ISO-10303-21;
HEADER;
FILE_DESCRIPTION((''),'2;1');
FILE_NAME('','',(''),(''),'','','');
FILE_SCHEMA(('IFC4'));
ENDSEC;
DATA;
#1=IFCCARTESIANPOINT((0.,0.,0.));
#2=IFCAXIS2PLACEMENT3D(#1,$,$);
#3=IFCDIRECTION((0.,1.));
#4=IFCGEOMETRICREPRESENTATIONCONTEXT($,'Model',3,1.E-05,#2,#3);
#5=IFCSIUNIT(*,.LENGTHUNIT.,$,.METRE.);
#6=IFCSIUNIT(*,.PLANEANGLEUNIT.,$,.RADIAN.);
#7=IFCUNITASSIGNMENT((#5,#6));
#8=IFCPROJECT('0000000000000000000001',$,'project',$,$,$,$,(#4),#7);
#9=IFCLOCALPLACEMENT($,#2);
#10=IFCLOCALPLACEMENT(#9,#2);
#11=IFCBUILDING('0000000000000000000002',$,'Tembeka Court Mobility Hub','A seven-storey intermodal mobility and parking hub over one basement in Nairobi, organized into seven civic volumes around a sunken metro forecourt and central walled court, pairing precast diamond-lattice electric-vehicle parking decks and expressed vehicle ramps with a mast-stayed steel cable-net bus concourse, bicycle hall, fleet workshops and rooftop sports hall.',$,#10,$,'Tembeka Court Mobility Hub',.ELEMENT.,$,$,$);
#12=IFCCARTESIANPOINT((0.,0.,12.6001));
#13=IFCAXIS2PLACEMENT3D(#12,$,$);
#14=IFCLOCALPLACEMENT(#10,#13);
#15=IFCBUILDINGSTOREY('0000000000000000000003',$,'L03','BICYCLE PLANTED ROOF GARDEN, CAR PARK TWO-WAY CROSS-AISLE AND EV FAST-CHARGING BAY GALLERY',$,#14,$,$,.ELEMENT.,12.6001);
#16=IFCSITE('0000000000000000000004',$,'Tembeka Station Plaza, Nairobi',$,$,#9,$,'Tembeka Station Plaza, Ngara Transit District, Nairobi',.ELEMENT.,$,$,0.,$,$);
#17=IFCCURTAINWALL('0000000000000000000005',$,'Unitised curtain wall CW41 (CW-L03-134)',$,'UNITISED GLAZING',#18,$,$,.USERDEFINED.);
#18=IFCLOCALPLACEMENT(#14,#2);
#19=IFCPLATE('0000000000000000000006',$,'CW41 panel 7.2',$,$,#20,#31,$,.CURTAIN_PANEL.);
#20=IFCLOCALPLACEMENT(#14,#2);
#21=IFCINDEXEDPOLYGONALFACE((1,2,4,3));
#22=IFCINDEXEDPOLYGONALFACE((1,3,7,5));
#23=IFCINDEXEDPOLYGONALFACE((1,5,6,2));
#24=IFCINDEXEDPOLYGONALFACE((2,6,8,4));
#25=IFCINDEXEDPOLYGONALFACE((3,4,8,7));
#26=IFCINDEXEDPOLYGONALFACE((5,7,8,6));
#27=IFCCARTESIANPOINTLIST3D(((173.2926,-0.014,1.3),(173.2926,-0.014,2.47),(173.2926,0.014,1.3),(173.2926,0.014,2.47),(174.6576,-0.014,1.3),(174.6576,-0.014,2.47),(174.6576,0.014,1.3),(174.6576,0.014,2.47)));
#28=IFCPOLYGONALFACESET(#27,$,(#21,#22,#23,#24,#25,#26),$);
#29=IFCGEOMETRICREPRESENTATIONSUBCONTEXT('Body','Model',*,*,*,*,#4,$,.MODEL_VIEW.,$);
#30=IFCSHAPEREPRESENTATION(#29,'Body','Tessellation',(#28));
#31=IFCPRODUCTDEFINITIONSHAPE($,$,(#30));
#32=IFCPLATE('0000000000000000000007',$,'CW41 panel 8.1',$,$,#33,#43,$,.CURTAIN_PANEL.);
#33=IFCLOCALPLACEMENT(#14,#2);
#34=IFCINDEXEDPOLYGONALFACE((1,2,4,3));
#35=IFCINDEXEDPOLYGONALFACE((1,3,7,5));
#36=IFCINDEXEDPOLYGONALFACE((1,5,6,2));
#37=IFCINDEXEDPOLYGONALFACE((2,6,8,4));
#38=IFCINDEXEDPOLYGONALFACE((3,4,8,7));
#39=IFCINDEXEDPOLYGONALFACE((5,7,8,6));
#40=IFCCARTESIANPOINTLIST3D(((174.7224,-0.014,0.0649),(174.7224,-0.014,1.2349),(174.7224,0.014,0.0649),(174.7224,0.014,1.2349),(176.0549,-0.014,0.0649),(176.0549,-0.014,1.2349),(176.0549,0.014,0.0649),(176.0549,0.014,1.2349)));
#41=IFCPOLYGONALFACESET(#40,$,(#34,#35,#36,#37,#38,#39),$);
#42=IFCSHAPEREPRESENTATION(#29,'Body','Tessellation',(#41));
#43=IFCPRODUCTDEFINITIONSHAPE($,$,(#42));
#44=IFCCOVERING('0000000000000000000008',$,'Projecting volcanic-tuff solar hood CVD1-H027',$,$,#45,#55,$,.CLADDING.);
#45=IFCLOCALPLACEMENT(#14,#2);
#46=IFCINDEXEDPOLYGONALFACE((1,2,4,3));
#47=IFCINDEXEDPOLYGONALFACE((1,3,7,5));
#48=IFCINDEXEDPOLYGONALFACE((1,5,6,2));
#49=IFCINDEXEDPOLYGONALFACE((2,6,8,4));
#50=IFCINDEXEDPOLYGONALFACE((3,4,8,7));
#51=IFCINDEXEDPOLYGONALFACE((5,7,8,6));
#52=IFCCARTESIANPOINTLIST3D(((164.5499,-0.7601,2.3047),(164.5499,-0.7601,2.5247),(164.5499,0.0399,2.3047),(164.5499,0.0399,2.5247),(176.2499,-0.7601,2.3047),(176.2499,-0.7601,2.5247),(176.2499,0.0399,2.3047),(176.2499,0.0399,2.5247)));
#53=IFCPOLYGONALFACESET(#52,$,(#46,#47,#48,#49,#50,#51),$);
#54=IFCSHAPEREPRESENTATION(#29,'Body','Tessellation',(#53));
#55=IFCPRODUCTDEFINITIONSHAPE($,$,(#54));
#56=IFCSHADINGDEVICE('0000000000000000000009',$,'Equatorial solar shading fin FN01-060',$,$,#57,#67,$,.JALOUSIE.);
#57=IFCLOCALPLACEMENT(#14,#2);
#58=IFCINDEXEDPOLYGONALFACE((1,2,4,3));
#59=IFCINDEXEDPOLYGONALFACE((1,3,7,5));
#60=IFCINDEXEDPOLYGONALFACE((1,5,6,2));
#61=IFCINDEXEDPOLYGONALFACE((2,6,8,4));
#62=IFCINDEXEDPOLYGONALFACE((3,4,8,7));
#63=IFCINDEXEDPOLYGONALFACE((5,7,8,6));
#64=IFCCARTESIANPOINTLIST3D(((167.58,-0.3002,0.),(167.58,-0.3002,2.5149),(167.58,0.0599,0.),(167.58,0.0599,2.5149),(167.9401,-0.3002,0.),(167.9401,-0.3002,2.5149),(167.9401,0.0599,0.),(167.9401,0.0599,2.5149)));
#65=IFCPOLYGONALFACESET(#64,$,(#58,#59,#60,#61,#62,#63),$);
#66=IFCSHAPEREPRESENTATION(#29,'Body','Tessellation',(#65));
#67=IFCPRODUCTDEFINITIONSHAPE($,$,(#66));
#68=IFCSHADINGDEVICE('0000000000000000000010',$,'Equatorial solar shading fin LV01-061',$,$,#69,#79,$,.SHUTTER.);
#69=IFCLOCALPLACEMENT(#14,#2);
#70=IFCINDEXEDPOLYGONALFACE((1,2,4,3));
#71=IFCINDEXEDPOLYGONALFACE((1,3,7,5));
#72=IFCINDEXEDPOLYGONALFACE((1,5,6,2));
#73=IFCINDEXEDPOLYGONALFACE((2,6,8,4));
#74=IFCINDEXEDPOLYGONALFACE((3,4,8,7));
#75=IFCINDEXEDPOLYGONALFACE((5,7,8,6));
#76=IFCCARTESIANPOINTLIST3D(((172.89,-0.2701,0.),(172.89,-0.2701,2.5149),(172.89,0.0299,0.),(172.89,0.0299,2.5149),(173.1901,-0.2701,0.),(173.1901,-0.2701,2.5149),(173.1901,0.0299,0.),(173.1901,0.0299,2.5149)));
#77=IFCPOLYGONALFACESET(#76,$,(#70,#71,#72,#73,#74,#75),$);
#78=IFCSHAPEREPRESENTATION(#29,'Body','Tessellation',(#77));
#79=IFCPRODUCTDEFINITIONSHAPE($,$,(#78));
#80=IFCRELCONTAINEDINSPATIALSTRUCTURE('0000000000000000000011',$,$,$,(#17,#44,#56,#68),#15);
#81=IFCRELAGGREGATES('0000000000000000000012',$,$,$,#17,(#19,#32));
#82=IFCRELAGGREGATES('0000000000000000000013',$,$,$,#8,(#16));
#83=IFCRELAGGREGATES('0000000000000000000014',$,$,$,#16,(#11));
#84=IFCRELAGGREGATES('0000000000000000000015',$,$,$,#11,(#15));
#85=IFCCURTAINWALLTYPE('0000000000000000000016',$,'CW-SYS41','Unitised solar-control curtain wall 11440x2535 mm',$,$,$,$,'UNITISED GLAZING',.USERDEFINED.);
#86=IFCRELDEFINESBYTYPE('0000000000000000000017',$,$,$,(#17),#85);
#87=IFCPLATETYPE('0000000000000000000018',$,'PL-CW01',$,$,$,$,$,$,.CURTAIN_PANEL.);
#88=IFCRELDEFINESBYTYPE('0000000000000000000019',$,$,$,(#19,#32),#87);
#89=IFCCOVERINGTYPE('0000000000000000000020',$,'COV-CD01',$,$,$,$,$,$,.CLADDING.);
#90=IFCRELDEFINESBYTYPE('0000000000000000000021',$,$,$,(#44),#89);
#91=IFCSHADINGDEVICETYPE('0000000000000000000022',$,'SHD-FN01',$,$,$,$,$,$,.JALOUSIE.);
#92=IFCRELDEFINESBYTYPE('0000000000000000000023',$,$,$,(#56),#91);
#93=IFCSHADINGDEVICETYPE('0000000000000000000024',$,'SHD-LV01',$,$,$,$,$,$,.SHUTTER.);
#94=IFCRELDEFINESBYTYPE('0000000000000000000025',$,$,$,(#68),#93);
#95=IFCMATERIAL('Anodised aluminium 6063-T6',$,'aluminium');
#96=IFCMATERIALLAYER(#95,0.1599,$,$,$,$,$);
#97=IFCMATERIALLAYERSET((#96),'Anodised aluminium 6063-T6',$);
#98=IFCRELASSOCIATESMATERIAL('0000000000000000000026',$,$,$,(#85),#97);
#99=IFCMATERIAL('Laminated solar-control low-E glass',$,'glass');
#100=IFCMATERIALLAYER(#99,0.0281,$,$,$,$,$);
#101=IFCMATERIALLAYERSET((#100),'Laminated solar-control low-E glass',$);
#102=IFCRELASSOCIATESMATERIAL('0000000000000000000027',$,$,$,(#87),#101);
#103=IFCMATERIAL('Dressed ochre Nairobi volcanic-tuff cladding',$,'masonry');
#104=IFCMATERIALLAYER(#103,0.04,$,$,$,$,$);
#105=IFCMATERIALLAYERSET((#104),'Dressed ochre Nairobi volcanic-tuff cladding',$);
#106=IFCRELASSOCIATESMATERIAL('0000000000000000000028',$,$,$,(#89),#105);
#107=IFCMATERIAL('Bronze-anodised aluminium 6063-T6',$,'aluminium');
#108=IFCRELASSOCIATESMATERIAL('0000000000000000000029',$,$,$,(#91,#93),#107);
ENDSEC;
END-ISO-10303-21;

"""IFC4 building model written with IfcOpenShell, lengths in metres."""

from ifc_helpers import new_model, si_unit, direction, frame, origin, origin_2d, place, context, subcontext, project, spatial, rectangle, extrude, material, layer, layer_set, material_profile, profile_set, type_object, element, aggregate, save


model = new_model("IFC4")

# Units and contexts
model_context = context("Model", 3, precision=1e-05, world=origin(), true_north=direction((0.0, 1.0)))
body_context = subcontext(model_context, "Body", "Model", "MODEL_VIEW")
ifc_project = project(units=[si_unit("LENGTHUNIT", "METRE"), si_unit("PLANEANGLEUNIT", "RADIAN")], contexts=[model_context])

# Site, building, storey
site_placement = place(None, origin())
site = spatial("IfcSite", under=ifc_project, at=site_placement, Name="Tembeka Station Plaza, Nairobi", LongName="Tembeka Station Plaza, Ngara Transit District, Nairobi", CompositionType="ELEMENT", RefElevation=0.0)
building_placement = place(site_placement, origin())
building = spatial("IfcBuilding", under=site, at=building_placement, Name="Tembeka Court Mobility Hub", Description="A seven-storey intermodal mobility and parking hub over one basement in Nairobi, organized into seven civic volumes around a sunken metro forecourt and central walled court, pairing precast diamond-lattice electric-vehicle parking decks and expressed vehicle ramps with a mast-stayed steel cable-net bus concourse, bicycle hall, fleet workshops and rooftop sports hall.", LongName="Tembeka Court Mobility Hub", CompositionType="ELEMENT")
storey_placement = place(building_placement, frame((0.0, 0.0, 12.6001)))
storey = spatial("IfcBuildingStorey", under=building, at=storey_placement, Name="L03", Description="BICYCLE PLANTED ROOF GARDEN, CAR PARK TWO-WAY CROSS-AISLE AND EV FAST-CHARGING BAY GALLERY", CompositionType="ELEMENT", Elevation=12.6001)

# Curtain wall, plates
ifc_material_1 = material(Name="Anodised aluminium 6063-T6", Category="aluminium")
ifc_layer_1 = layer(ifc_material_1, 0.1599)
ifc_layer_set_1 = layer_set([ifc_layer_1], Name="Anodised aluminium 6063-T6")
curtain_wall_type = type_object("IfcCurtainWallType", Name="CW-SYS41", Description="Unitised solar-control curtain wall 11440x2535 mm", ElementType="UNITISED GLAZING", PredefinedType="USERDEFINED", material=ifc_layer_set_1)
curtain_wall_placement = place(storey_placement, origin())
curtain_wall = element("IfcCurtainWall", 1, at=curtain_wall_placement, inside=storey, type_object=curtain_wall_type, Name="Unitised curtain wall CW41 (CW-L03-134)", ObjectType="UNITISED GLAZING", PredefinedType="USERDEFINED")
ifc_material_2 = material(Name="Laminated solar-control low-E glass", Category="glass")
ifc_layer_2 = layer(ifc_material_2, 0.0281)
ifc_layer_set_2 = layer_set([ifc_layer_2], Name="Laminated solar-control low-E glass")
plate_type = type_object("IfcPlateType", Name="PL-CW01", PredefinedType="CURTAIN_PANEL", material=ifc_layer_set_2)
plate_1_placement = place(storey_placement, frame((173.9751, 0.0, 1.3), z_axis=(0.0, 0.0, 1.0), x_axis=(1.0, 0.0, 0.0)))
plate_1 = element("IfcPlate", 2, at=plate_1_placement, type_object=plate_type, Name="CW41 panel 7.2", PredefinedType="CURTAIN_PANEL", context=body_context, shape_type="SweptSolid", body=[
    extrude(rectangle(XDim=1.365, YDim=0.0281, at=origin_2d()), origin(), (0.0, 0.0, 1.0), 1.1699),
])
plate_2_placement = place(storey_placement, frame((175.3887, 0.0, 0.0649), z_axis=(0.0, 0.0, 1.0), x_axis=(1.0, 0.0, 0.0)))
plate_2 = element("IfcPlate", 3, at=plate_2_placement, type_object=plate_type, Name="CW41 panel 8.1", PredefinedType="CURTAIN_PANEL", context=body_context, shape_type="SweptSolid", body=[
    extrude(rectangle(XDim=1.3325, YDim=0.0281, at=origin_2d()), origin(), (0.0, 0.0, 1.0), 1.1699),
])
aggregate(curtain_wall, [plate_1, plate_2])

# Covering
ifc_material_3 = material(Name="Dressed ochre Nairobi volcanic-tuff cladding", Category="masonry")
ifc_layer_3 = layer(ifc_material_3, 0.04)
ifc_layer_set_3 = layer_set([ifc_layer_3], Name="Dressed ochre Nairobi volcanic-tuff cladding")
covering_type = type_object("IfcCoveringType", Name="COV-CD01", PredefinedType="CLADDING", material=ifc_layer_set_3)
covering_placement = place(storey_placement, frame((170.3999, -0.3601, 2.3047), z_axis=(0.0, 0.0, 1.0), x_axis=(1.0, 0.0, 0.0)))
element("IfcCovering", 4, at=covering_placement, inside=storey, type_object=covering_type, Name="Projecting volcanic-tuff solar hood CVD1-H027", PredefinedType="CLADDING", context=body_context, shape_type="SweptSolid", body=[
    extrude(rectangle(XDim=11.7, YDim=0.8, at=origin_2d()), origin(), (0.0, 0.0, 1.0), 0.22),
])

# Shading devices
ifc_material_4 = material(Name="Bronze-anodised aluminium 6063-T6", Category="aluminium")
ifc_material_profile_1 = material_profile(ifc_material_4, rectangle(XDim=0.3601, YDim=0.3601, at=origin_2d()), Name="ALU-FIN 360x360")
ifc_profile_set_1 = profile_set([ifc_material_profile_1], Name="Bronze-anodised aluminium 6063-T6")
shading_device_type_1 = type_object("IfcShadingDeviceType", Name="SHD-FN01", PredefinedType="JALOUSIE", material=ifc_profile_set_1)
shading_device_1_placement = place(storey_placement, frame((167.76, -0.1201, 0.0), z_axis=(0.0, 0.0, 1.0), x_axis=(1.0, 0.0, 0.0)))
element("IfcShadingDevice", 5, at=shading_device_1_placement, inside=storey, type_object=shading_device_type_1, Name="Equatorial solar shading fin FN01-060", PredefinedType="JALOUSIE", context=body_context, shape_type="SweptSolid", body=[
    extrude(rectangle(XDim=0.3601, YDim=0.3601, at=origin_2d()), origin(), (0.0, 0.0, 1.0), 2.5149),
])
ifc_material_profile_2 = material_profile(ifc_material_4, rectangle(XDim=0.3, YDim=0.3, at=origin_2d()), Name="ALU-LVR 300x300")
ifc_profile_set_2 = profile_set([ifc_material_profile_2], Name="Bronze-anodised aluminium 6063-T6")
shading_device_type_2 = type_object("IfcShadingDeviceType", Name="SHD-LV01", PredefinedType="SHUTTER", material=ifc_profile_set_2)
shading_device_2_placement = place(storey_placement, frame((173.04, -0.1201, 0.0), z_axis=(0.0, 0.0, 1.0), x_axis=(1.0, 0.0, 0.0)))
element("IfcShadingDevice", 6, at=shading_device_2_placement, inside=storey, type_object=shading_device_type_2, Name="Equatorial solar shading fin LV01-061", PredefinedType="SHUTTER", context=body_context, shape_type="SweptSolid", body=[
    extrude(rectangle(XDim=0.3, YDim=0.3, at=origin_2d()), origin(), (0.0, 0.0, 1.0), 2.5149),
])

save(model, "model.ifc")
